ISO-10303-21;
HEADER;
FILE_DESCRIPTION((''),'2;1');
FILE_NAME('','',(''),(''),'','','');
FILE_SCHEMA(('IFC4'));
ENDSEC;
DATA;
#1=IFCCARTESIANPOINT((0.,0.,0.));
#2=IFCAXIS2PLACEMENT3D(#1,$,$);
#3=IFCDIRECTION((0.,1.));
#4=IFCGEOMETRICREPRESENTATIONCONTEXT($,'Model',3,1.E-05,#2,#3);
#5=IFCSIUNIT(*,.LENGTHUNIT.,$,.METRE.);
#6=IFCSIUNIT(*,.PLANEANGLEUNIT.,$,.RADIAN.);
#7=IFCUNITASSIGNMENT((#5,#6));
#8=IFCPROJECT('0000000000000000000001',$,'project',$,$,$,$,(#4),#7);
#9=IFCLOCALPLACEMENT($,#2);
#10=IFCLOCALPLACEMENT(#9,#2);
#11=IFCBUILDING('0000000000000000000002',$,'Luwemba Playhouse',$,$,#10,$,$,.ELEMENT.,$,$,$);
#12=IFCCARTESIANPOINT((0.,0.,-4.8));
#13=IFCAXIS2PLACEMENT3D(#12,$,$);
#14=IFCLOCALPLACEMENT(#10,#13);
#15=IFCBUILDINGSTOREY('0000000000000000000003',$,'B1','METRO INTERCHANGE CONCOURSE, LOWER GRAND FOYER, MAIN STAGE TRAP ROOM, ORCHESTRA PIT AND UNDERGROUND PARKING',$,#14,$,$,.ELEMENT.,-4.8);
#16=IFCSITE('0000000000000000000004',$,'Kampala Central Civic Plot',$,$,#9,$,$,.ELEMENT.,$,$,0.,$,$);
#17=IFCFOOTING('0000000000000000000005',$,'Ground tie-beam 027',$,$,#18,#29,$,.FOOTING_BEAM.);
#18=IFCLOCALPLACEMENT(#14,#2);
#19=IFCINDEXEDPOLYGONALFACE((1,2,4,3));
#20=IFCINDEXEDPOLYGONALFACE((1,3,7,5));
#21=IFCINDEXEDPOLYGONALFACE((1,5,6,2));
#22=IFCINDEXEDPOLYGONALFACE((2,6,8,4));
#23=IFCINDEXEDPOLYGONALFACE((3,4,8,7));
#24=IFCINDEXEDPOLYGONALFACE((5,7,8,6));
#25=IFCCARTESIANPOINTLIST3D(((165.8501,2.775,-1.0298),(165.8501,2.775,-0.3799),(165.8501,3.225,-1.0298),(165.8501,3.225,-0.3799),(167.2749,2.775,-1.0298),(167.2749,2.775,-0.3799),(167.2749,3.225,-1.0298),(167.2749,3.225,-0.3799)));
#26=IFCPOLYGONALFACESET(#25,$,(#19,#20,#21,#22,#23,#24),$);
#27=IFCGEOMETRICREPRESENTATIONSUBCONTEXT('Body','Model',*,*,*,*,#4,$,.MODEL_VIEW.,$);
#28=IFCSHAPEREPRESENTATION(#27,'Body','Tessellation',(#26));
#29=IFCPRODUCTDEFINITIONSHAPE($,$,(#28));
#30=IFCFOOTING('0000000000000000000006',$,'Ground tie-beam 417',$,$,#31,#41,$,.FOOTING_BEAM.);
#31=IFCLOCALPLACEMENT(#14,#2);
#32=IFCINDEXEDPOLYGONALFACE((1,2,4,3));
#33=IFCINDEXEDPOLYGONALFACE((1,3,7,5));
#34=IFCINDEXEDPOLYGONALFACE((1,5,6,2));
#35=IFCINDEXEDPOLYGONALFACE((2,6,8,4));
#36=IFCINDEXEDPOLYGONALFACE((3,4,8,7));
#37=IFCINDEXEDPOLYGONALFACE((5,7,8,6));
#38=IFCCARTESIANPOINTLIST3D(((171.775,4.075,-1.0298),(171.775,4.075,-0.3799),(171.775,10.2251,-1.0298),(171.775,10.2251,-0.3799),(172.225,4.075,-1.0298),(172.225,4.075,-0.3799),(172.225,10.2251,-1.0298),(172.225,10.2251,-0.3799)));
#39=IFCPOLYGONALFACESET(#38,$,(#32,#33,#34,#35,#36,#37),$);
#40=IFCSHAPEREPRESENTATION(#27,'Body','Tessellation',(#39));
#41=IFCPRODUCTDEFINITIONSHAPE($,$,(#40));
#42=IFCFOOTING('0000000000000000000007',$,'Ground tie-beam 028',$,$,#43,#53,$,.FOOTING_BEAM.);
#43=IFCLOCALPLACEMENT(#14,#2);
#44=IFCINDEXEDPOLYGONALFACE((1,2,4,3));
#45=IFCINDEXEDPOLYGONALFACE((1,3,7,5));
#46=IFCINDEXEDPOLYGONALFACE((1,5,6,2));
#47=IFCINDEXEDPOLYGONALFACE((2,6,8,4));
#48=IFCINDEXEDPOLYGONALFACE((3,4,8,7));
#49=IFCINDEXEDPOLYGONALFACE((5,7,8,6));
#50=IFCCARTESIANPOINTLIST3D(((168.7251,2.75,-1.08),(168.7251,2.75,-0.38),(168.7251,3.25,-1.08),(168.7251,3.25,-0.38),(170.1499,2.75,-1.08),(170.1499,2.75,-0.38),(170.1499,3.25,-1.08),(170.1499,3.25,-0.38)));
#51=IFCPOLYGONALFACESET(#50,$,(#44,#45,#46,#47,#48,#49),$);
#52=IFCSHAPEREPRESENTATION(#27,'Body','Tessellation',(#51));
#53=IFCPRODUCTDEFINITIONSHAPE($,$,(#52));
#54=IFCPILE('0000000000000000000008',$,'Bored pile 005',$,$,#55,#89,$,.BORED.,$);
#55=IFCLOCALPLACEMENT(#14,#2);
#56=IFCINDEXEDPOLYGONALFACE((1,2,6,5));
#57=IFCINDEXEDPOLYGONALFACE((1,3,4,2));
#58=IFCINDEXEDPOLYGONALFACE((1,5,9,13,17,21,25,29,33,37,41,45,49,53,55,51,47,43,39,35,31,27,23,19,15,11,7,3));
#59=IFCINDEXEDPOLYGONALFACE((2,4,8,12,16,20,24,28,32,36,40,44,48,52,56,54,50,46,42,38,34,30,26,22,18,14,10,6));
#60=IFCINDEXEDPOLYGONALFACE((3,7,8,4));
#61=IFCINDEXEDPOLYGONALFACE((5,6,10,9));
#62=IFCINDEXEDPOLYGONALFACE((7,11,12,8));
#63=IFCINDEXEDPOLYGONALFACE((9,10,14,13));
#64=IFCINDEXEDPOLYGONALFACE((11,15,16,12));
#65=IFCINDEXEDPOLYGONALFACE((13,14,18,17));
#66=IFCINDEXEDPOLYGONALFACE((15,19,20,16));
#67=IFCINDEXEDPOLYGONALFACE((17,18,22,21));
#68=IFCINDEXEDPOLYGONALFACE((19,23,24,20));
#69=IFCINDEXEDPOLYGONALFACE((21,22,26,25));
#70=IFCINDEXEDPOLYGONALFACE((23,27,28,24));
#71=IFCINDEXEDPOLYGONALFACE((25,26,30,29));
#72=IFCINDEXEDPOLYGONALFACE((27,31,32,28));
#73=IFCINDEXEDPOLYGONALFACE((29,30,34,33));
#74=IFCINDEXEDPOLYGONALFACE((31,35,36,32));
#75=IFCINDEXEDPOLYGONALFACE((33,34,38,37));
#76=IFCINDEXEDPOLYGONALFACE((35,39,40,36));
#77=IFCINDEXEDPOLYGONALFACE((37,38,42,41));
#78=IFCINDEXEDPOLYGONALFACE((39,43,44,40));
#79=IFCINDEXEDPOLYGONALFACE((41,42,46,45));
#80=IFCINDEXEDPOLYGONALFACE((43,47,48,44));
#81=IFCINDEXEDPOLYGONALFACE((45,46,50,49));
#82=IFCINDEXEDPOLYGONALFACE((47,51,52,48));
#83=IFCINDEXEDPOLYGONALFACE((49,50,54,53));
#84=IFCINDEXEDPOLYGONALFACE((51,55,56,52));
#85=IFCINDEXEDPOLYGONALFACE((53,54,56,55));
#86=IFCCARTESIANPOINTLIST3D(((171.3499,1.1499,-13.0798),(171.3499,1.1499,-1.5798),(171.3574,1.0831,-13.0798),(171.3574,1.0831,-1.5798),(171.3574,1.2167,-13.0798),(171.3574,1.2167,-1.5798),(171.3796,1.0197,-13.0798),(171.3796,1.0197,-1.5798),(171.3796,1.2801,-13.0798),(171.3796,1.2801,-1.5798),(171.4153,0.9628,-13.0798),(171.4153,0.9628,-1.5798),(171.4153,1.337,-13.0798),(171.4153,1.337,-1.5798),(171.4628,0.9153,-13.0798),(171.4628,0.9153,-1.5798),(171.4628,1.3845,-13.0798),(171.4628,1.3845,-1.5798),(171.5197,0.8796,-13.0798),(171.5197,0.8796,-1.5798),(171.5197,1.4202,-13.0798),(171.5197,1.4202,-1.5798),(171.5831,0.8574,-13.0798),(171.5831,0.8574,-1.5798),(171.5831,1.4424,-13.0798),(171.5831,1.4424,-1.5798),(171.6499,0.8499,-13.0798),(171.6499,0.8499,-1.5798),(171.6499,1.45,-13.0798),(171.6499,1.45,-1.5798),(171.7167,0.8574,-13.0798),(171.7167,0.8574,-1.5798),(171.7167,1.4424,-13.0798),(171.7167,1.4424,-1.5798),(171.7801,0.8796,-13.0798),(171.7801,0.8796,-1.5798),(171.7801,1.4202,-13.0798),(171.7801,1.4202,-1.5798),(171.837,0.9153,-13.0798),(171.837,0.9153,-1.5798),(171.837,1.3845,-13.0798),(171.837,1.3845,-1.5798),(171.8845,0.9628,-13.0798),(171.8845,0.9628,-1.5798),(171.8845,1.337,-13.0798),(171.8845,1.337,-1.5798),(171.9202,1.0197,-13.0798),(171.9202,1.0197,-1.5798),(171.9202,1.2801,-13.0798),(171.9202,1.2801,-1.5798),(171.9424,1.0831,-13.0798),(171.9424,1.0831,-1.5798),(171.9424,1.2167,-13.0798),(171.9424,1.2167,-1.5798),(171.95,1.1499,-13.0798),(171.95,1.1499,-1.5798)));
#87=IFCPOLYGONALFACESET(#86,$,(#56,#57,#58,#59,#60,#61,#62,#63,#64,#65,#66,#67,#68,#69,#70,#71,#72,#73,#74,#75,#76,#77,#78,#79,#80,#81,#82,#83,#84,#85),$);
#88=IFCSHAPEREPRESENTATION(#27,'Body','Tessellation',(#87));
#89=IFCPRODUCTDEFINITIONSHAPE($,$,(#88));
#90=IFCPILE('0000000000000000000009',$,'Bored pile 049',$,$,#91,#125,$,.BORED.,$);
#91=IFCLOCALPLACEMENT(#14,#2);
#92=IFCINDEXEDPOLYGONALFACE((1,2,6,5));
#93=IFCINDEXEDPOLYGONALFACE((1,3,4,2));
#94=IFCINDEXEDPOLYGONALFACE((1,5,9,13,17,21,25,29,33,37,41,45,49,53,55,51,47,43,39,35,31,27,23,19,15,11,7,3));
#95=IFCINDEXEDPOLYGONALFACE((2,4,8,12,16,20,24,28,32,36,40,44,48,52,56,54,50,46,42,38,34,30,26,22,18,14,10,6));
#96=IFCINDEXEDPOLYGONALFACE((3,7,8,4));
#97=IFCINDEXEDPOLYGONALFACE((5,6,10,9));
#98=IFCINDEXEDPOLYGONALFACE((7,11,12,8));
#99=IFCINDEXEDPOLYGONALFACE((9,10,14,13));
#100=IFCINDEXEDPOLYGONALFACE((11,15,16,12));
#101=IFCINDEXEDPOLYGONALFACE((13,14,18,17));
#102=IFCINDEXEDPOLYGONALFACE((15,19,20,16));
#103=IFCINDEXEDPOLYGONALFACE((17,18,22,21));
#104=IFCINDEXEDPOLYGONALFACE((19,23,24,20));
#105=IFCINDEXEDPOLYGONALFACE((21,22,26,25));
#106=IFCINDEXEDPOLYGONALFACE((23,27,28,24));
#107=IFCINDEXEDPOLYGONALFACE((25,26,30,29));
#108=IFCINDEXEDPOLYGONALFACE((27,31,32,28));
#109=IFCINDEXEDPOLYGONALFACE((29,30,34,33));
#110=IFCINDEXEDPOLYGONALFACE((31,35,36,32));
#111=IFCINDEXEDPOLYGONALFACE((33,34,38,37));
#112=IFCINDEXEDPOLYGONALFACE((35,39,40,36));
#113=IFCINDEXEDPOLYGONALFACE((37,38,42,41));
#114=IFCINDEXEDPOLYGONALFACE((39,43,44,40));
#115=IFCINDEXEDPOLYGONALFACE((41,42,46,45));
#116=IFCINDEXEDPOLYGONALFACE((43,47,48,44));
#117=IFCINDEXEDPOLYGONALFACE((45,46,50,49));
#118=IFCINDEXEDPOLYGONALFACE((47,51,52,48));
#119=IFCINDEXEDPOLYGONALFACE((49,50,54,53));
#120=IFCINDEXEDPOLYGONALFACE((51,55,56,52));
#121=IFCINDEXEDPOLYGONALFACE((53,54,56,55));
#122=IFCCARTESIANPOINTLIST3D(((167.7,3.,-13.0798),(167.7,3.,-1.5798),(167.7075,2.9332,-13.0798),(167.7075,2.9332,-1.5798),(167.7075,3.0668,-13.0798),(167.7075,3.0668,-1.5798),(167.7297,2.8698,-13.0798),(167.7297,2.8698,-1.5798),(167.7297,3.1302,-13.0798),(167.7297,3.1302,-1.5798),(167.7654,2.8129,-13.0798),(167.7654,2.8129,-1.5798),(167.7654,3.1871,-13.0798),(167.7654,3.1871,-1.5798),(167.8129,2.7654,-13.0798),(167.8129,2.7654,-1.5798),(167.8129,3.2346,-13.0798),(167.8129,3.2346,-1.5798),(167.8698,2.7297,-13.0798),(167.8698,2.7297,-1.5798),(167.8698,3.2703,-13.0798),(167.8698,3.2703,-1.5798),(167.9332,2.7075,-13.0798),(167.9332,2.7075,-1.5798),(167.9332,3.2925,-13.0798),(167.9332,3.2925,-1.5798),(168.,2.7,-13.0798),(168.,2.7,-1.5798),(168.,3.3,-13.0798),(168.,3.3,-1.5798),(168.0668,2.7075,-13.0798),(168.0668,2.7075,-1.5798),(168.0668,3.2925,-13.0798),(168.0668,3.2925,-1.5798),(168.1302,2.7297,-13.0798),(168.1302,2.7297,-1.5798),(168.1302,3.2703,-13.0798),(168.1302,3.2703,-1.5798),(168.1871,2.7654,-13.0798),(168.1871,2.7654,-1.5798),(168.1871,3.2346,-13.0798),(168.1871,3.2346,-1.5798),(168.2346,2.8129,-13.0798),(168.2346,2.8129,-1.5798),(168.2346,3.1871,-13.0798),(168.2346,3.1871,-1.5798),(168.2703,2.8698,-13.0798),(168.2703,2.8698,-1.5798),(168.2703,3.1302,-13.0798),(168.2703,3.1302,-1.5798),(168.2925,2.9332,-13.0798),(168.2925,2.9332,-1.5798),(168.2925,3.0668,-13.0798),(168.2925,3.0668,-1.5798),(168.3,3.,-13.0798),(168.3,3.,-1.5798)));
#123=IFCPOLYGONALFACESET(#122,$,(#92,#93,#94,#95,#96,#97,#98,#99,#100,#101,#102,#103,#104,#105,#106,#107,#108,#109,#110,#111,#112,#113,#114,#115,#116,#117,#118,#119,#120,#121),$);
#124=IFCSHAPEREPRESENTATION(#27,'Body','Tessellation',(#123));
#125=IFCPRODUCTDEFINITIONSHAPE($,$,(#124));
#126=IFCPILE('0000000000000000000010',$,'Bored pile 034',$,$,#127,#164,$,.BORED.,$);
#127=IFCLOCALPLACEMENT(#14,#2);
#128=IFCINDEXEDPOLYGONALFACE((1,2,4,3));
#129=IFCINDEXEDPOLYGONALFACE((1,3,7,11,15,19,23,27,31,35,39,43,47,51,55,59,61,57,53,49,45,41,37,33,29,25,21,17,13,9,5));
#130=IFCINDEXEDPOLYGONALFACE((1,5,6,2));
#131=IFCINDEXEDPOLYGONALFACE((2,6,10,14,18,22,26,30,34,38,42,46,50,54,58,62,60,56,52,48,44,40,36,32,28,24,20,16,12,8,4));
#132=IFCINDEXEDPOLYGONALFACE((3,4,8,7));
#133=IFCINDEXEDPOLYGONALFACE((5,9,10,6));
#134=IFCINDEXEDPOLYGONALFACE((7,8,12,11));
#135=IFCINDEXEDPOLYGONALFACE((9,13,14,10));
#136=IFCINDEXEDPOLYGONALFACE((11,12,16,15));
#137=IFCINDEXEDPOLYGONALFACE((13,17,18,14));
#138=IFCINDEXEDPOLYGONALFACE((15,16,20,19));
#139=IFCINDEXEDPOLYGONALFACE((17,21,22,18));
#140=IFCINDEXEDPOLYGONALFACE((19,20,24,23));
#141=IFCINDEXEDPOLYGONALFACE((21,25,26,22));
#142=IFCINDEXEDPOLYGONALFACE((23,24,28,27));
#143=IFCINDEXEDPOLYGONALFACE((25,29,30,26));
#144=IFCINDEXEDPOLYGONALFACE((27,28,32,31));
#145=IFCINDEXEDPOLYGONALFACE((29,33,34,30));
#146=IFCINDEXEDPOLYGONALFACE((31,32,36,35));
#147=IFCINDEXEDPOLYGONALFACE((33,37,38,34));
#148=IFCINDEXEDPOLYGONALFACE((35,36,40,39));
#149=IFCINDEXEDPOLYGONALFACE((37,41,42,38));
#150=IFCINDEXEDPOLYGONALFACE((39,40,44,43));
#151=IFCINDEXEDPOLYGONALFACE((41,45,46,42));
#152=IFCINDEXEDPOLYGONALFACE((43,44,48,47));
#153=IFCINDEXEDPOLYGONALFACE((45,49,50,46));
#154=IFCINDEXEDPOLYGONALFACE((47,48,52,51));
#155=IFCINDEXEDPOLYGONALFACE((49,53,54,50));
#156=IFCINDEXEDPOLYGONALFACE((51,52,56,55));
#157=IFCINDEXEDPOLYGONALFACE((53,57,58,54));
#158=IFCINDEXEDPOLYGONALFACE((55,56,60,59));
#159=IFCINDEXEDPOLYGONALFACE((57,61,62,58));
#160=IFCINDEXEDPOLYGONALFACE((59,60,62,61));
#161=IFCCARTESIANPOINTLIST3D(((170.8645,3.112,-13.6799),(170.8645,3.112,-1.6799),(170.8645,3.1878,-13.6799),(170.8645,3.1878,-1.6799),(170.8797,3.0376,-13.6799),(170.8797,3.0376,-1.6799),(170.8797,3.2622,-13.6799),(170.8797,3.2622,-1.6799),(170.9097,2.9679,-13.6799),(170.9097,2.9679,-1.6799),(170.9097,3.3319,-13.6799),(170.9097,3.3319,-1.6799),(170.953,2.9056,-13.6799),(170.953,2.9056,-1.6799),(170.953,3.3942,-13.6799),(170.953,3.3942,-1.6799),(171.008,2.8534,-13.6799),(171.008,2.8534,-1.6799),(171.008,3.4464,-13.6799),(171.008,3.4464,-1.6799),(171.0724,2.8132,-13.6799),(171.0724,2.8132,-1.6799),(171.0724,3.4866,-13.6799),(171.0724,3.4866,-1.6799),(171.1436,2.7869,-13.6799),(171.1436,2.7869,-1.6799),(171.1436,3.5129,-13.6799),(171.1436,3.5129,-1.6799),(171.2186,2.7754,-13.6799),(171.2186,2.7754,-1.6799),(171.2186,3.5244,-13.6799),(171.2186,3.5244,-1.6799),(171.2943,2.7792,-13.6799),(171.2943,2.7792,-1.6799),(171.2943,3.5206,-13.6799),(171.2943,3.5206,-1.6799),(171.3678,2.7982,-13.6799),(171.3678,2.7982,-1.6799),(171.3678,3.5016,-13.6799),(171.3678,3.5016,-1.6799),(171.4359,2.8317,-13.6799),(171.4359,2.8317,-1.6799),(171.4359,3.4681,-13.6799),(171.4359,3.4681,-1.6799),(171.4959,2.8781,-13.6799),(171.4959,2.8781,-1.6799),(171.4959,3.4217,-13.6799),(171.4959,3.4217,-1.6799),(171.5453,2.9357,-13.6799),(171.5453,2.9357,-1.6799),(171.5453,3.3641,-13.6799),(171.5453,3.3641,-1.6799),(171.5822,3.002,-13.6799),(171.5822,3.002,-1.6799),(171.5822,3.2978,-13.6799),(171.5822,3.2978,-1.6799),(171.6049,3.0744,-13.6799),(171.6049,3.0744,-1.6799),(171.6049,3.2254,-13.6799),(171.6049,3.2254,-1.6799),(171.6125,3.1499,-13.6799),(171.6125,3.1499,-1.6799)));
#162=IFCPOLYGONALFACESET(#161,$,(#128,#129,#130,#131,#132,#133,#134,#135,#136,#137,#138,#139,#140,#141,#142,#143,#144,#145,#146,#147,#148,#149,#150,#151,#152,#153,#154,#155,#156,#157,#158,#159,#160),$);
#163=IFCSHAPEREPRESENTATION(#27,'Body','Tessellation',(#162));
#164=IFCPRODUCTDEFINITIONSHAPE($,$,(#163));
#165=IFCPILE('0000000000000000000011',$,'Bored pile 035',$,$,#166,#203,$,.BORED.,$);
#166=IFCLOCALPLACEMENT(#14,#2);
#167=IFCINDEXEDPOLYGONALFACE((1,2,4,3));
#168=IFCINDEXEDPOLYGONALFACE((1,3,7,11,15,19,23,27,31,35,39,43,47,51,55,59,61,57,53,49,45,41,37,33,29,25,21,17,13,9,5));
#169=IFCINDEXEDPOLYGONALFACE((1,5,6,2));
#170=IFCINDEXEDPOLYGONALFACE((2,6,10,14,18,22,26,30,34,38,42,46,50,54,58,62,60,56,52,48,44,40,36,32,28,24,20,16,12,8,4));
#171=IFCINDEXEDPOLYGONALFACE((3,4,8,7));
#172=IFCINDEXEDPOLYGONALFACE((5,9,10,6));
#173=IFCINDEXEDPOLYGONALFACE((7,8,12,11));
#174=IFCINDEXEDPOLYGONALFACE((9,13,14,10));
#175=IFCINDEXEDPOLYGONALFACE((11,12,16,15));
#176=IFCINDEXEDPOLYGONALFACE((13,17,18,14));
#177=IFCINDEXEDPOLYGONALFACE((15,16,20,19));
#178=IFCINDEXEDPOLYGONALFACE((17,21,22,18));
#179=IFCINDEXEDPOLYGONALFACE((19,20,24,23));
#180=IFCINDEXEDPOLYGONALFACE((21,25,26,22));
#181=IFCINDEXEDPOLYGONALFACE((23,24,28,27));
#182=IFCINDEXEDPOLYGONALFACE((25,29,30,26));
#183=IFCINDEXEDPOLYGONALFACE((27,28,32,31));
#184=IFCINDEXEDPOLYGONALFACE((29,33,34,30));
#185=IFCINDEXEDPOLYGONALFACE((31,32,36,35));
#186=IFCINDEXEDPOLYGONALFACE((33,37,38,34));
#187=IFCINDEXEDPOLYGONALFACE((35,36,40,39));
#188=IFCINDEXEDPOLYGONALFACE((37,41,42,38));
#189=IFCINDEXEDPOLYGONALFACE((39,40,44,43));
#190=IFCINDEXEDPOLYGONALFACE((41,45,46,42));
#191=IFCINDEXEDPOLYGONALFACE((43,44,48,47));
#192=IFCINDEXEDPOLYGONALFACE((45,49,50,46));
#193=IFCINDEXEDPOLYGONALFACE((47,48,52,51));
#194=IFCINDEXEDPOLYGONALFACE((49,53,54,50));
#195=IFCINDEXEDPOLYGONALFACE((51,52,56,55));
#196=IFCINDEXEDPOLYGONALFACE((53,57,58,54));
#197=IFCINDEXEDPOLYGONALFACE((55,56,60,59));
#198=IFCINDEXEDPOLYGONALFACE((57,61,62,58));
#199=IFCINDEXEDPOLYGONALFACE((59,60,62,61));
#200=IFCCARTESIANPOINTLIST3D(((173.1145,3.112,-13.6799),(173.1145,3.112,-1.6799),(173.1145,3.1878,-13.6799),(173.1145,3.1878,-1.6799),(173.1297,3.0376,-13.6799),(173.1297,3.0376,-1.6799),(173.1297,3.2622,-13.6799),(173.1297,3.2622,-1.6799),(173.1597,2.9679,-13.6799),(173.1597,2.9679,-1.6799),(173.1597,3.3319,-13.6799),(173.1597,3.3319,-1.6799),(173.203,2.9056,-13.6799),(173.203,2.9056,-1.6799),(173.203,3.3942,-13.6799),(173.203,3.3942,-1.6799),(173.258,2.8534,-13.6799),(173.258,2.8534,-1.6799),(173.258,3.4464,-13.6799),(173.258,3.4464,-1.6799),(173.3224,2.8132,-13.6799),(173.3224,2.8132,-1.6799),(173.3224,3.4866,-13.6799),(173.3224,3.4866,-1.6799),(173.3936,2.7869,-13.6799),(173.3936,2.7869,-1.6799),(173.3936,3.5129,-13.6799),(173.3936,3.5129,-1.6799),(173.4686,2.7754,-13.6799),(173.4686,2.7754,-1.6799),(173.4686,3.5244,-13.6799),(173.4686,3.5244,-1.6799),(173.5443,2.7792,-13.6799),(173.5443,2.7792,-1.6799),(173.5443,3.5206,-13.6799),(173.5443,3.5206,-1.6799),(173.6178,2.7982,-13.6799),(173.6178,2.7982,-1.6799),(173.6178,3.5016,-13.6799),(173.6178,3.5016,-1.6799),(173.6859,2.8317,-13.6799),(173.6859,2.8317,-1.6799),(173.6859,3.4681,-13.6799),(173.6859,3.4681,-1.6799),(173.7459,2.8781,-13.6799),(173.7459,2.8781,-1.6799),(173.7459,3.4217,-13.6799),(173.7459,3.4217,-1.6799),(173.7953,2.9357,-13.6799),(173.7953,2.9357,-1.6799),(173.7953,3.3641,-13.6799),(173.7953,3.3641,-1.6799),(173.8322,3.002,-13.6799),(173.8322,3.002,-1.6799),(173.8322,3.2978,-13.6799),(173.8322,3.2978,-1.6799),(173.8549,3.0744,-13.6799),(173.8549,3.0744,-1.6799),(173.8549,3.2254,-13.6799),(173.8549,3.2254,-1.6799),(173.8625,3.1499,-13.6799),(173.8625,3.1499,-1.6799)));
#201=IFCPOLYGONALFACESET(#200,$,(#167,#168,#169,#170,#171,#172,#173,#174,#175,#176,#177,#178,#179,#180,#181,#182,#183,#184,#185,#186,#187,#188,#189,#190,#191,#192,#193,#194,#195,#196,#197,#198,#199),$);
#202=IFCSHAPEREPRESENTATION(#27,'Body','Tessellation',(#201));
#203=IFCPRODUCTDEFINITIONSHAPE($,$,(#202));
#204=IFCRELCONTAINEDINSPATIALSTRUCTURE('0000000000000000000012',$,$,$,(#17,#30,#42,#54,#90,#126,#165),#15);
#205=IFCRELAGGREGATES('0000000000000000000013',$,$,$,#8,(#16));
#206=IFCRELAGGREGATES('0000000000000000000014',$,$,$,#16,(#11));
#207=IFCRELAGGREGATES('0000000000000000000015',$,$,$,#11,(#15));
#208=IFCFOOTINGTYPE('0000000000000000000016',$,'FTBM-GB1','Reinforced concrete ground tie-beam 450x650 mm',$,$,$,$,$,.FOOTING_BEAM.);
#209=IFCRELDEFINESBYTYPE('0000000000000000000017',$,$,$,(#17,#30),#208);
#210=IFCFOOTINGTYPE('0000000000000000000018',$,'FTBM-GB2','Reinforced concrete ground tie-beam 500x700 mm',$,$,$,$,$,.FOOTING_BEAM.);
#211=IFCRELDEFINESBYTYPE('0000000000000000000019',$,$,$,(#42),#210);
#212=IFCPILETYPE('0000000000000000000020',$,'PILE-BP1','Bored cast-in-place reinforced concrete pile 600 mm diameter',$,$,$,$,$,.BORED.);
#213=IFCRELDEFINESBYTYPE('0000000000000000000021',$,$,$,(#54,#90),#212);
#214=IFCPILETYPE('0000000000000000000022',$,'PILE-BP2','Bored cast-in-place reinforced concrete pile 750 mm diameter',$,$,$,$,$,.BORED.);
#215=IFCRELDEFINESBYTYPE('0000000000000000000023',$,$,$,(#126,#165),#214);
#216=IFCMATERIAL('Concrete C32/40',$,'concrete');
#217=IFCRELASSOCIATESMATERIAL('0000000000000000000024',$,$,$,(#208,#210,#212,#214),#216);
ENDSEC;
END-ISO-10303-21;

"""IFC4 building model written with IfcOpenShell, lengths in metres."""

from ifc_helpers import new_model, si_unit, direction, frame, origin, origin_2d, place, context, subcontext, project, spatial, rectangle, circle, extrude, material, material_profile, profile_set, type_object, element, save


model = new_model("IFC4")

# Units and contexts
model_context = context("Model", 3, precision=1e-05, world=origin(), true_north=direction((0.0, 1.0)))
body_context = subcontext(model_context, "Body", "Model", "MODEL_VIEW")
ifc_project = project(units=[si_unit("LENGTHUNIT", "METRE"), si_unit("PLANEANGLEUNIT", "RADIAN")], contexts=[model_context])

# Site, building, storey
site_placement = place(None, origin())
site = spatial("IfcSite", under=ifc_project, at=site_placement, Name="Kampala Central Civic Plot", CompositionType="ELEMENT", RefElevation=0.0)
building_placement = place(site_placement, origin())
building = spatial("IfcBuilding", under=site, at=building_placement, Name="Luwemba Playhouse", CompositionType="ELEMENT")
storey_placement = place(building_placement, frame((0.0, 0.0, -4.8)))
storey = spatial("IfcBuildingStorey", under=building, at=storey_placement, Name="B1", Description="METRO INTERCHANGE CONCOURSE, LOWER GRAND FOYER, MAIN STAGE TRAP ROOM, ORCHESTRA PIT AND UNDERGROUND PARKING", CompositionType="ELEMENT", Elevation=-4.8)

# Footings
ifc_material_1 = material(Name="Concrete C32/40", Category="concrete")
ifc_material_profile_1 = material_profile(ifc_material_1, rectangle(XDim=0.45, YDim=0.6499, at=origin_2d()))
ifc_profile_set_1 = profile_set([ifc_material_profile_1], Name="Concrete C32/40")
footing_type_1 = type_object("IfcFootingType", Name="FTBM-GB1", Description="Reinforced concrete ground tie-beam 450x650 mm", PredefinedType="FOOTING_BEAM", material=ifc_profile_set_1)
footing_1_placement = place(storey_placement, frame((165.8501, 3.0, -0.7048), z_axis=(1.0, 0.0, 0.0), x_axis=(0.0, 1.0, 0.0)))
element("IfcFooting", 1, at=footing_1_placement, inside=storey, type_object=footing_type_1, Name="Ground tie-beam 027", PredefinedType="FOOTING_BEAM", context=body_context, shape_type="SweptSolid", body=[
    extrude(rectangle(XDim=0.45, YDim=0.6499, at=origin_2d()), origin(), (0.0, 0.0, 1.0), 1.4248),
])
footing_2_placement = place(storey_placement, frame((172.0, 4.075, -0.7048), z_axis=(0.0, 1.0, 0.0), x_axis=(-1.0, 0.0, 0.0)))
element("IfcFooting", 2, at=footing_2_placement, inside=storey, type_object=footing_type_1, Name="Ground tie-beam 417", PredefinedType="FOOTING_BEAM", context=body_context, shape_type="SweptSolid", body=[
    extrude(rectangle(XDim=0.45, YDim=0.6499, at=origin_2d()), origin(), (0.0, 0.0, 1.0), 6.1501),
])
ifc_material_profile_2 = material_profile(ifc_material_1, rectangle(XDim=0.5, YDim=0.7, at=origin_2d()))
ifc_profile_set_2 = profile_set([ifc_material_profile_2], Name="Concrete C32/40")
footing_type_2 = type_object("IfcFootingType", Name="FTBM-GB2", Description="Reinforced concrete ground tie-beam 500x700 mm", PredefinedType="FOOTING_BEAM", material=ifc_profile_set_2)
footing_3_placement = place(storey_placement, frame((168.7251, 3.0, -0.73), z_axis=(1.0, 0.0, 0.0), x_axis=(0.0, 1.0, 0.0)))
element("IfcFooting", 3, at=footing_3_placement, inside=storey, type_object=footing_type_2, Name="Ground tie-beam 028", PredefinedType="FOOTING_BEAM", context=body_context, shape_type="SweptSolid", body=[
    extrude(rectangle(XDim=0.5, YDim=0.7, at=origin_2d()), origin(), (0.0, 0.0, 1.0), 1.4248),
])

# Piles
ifc_material_profile_3 = material_profile(ifc_material_1, circle(Radius=0.3, at=origin_2d()))
ifc_profile_set_3 = profile_set([ifc_material_profile_3], Name="Concrete C32/40")
pile_type_1 = type_object("IfcPileType", Name="PILE-BP1", Description="Bored cast-in-place reinforced concrete pile 600 mm diameter", PredefinedType="BORED", material=ifc_profile_set_3)
for number, where, z_axis, x_axis, name in (
    (4, (171.6499, 1.1499, -1.5798), (0.0, 0.0, -1.0), (1.0, 0.0, 0.0), "Bored pile 005"),
    (5, (168.0, 3.0, -1.5798), (0.0, 0.0, -1.0), (1.0, 0.0, 0.0), "Bored pile 049"),
):
    element("IfcPile", number, at=place(storey_placement, frame(where, z_axis=z_axis, x_axis=x_axis)), inside=storey, type_object=pile_type_1, Name=name, PredefinedType="BORED", context=body_context, shape_type="SweptSolid", body=[
        extrude(circle(Radius=0.3, at=origin_2d()), origin(), (0.0, 0.0, 1.0), 11.5),
    ])
ifc_material_profile_4 = material_profile(ifc_material_1, circle(Radius=0.375, at=origin_2d()))
ifc_profile_set_4 = profile_set([ifc_material_profile_4], Name="Concrete C32/40")
pile_type_2 = type_object("IfcPileType", Name="PILE-BP2", Description="Bored cast-in-place reinforced concrete pile 750 mm diameter", PredefinedType="BORED", material=ifc_profile_set_4)
for number, where, z_axis, x_axis, name in (
    (6, (171.2375, 3.1499, -1.6799), (0.0, 0.0, -1.0), (1.0, 0.0, 0.0), "Bored pile 034"),
    (7, (173.4875, 3.1499, -1.6799), (0.0, 0.0, -1.0), (1.0, 0.0, 0.0), "Bored pile 035"),
):
    element("IfcPile", number, at=place(storey_placement, frame(where, z_axis=z_axis, x_axis=x_axis)), inside=storey, type_object=pile_type_2, Name=name, PredefinedType="BORED", context=body_context, shape_type="SweptSolid", body=[
        extrude(circle(Radius=0.375, at=origin_2d()), origin(), (0.0, 0.0, 1.0), 12.0),
    ])

save(model, "model.ifc")
